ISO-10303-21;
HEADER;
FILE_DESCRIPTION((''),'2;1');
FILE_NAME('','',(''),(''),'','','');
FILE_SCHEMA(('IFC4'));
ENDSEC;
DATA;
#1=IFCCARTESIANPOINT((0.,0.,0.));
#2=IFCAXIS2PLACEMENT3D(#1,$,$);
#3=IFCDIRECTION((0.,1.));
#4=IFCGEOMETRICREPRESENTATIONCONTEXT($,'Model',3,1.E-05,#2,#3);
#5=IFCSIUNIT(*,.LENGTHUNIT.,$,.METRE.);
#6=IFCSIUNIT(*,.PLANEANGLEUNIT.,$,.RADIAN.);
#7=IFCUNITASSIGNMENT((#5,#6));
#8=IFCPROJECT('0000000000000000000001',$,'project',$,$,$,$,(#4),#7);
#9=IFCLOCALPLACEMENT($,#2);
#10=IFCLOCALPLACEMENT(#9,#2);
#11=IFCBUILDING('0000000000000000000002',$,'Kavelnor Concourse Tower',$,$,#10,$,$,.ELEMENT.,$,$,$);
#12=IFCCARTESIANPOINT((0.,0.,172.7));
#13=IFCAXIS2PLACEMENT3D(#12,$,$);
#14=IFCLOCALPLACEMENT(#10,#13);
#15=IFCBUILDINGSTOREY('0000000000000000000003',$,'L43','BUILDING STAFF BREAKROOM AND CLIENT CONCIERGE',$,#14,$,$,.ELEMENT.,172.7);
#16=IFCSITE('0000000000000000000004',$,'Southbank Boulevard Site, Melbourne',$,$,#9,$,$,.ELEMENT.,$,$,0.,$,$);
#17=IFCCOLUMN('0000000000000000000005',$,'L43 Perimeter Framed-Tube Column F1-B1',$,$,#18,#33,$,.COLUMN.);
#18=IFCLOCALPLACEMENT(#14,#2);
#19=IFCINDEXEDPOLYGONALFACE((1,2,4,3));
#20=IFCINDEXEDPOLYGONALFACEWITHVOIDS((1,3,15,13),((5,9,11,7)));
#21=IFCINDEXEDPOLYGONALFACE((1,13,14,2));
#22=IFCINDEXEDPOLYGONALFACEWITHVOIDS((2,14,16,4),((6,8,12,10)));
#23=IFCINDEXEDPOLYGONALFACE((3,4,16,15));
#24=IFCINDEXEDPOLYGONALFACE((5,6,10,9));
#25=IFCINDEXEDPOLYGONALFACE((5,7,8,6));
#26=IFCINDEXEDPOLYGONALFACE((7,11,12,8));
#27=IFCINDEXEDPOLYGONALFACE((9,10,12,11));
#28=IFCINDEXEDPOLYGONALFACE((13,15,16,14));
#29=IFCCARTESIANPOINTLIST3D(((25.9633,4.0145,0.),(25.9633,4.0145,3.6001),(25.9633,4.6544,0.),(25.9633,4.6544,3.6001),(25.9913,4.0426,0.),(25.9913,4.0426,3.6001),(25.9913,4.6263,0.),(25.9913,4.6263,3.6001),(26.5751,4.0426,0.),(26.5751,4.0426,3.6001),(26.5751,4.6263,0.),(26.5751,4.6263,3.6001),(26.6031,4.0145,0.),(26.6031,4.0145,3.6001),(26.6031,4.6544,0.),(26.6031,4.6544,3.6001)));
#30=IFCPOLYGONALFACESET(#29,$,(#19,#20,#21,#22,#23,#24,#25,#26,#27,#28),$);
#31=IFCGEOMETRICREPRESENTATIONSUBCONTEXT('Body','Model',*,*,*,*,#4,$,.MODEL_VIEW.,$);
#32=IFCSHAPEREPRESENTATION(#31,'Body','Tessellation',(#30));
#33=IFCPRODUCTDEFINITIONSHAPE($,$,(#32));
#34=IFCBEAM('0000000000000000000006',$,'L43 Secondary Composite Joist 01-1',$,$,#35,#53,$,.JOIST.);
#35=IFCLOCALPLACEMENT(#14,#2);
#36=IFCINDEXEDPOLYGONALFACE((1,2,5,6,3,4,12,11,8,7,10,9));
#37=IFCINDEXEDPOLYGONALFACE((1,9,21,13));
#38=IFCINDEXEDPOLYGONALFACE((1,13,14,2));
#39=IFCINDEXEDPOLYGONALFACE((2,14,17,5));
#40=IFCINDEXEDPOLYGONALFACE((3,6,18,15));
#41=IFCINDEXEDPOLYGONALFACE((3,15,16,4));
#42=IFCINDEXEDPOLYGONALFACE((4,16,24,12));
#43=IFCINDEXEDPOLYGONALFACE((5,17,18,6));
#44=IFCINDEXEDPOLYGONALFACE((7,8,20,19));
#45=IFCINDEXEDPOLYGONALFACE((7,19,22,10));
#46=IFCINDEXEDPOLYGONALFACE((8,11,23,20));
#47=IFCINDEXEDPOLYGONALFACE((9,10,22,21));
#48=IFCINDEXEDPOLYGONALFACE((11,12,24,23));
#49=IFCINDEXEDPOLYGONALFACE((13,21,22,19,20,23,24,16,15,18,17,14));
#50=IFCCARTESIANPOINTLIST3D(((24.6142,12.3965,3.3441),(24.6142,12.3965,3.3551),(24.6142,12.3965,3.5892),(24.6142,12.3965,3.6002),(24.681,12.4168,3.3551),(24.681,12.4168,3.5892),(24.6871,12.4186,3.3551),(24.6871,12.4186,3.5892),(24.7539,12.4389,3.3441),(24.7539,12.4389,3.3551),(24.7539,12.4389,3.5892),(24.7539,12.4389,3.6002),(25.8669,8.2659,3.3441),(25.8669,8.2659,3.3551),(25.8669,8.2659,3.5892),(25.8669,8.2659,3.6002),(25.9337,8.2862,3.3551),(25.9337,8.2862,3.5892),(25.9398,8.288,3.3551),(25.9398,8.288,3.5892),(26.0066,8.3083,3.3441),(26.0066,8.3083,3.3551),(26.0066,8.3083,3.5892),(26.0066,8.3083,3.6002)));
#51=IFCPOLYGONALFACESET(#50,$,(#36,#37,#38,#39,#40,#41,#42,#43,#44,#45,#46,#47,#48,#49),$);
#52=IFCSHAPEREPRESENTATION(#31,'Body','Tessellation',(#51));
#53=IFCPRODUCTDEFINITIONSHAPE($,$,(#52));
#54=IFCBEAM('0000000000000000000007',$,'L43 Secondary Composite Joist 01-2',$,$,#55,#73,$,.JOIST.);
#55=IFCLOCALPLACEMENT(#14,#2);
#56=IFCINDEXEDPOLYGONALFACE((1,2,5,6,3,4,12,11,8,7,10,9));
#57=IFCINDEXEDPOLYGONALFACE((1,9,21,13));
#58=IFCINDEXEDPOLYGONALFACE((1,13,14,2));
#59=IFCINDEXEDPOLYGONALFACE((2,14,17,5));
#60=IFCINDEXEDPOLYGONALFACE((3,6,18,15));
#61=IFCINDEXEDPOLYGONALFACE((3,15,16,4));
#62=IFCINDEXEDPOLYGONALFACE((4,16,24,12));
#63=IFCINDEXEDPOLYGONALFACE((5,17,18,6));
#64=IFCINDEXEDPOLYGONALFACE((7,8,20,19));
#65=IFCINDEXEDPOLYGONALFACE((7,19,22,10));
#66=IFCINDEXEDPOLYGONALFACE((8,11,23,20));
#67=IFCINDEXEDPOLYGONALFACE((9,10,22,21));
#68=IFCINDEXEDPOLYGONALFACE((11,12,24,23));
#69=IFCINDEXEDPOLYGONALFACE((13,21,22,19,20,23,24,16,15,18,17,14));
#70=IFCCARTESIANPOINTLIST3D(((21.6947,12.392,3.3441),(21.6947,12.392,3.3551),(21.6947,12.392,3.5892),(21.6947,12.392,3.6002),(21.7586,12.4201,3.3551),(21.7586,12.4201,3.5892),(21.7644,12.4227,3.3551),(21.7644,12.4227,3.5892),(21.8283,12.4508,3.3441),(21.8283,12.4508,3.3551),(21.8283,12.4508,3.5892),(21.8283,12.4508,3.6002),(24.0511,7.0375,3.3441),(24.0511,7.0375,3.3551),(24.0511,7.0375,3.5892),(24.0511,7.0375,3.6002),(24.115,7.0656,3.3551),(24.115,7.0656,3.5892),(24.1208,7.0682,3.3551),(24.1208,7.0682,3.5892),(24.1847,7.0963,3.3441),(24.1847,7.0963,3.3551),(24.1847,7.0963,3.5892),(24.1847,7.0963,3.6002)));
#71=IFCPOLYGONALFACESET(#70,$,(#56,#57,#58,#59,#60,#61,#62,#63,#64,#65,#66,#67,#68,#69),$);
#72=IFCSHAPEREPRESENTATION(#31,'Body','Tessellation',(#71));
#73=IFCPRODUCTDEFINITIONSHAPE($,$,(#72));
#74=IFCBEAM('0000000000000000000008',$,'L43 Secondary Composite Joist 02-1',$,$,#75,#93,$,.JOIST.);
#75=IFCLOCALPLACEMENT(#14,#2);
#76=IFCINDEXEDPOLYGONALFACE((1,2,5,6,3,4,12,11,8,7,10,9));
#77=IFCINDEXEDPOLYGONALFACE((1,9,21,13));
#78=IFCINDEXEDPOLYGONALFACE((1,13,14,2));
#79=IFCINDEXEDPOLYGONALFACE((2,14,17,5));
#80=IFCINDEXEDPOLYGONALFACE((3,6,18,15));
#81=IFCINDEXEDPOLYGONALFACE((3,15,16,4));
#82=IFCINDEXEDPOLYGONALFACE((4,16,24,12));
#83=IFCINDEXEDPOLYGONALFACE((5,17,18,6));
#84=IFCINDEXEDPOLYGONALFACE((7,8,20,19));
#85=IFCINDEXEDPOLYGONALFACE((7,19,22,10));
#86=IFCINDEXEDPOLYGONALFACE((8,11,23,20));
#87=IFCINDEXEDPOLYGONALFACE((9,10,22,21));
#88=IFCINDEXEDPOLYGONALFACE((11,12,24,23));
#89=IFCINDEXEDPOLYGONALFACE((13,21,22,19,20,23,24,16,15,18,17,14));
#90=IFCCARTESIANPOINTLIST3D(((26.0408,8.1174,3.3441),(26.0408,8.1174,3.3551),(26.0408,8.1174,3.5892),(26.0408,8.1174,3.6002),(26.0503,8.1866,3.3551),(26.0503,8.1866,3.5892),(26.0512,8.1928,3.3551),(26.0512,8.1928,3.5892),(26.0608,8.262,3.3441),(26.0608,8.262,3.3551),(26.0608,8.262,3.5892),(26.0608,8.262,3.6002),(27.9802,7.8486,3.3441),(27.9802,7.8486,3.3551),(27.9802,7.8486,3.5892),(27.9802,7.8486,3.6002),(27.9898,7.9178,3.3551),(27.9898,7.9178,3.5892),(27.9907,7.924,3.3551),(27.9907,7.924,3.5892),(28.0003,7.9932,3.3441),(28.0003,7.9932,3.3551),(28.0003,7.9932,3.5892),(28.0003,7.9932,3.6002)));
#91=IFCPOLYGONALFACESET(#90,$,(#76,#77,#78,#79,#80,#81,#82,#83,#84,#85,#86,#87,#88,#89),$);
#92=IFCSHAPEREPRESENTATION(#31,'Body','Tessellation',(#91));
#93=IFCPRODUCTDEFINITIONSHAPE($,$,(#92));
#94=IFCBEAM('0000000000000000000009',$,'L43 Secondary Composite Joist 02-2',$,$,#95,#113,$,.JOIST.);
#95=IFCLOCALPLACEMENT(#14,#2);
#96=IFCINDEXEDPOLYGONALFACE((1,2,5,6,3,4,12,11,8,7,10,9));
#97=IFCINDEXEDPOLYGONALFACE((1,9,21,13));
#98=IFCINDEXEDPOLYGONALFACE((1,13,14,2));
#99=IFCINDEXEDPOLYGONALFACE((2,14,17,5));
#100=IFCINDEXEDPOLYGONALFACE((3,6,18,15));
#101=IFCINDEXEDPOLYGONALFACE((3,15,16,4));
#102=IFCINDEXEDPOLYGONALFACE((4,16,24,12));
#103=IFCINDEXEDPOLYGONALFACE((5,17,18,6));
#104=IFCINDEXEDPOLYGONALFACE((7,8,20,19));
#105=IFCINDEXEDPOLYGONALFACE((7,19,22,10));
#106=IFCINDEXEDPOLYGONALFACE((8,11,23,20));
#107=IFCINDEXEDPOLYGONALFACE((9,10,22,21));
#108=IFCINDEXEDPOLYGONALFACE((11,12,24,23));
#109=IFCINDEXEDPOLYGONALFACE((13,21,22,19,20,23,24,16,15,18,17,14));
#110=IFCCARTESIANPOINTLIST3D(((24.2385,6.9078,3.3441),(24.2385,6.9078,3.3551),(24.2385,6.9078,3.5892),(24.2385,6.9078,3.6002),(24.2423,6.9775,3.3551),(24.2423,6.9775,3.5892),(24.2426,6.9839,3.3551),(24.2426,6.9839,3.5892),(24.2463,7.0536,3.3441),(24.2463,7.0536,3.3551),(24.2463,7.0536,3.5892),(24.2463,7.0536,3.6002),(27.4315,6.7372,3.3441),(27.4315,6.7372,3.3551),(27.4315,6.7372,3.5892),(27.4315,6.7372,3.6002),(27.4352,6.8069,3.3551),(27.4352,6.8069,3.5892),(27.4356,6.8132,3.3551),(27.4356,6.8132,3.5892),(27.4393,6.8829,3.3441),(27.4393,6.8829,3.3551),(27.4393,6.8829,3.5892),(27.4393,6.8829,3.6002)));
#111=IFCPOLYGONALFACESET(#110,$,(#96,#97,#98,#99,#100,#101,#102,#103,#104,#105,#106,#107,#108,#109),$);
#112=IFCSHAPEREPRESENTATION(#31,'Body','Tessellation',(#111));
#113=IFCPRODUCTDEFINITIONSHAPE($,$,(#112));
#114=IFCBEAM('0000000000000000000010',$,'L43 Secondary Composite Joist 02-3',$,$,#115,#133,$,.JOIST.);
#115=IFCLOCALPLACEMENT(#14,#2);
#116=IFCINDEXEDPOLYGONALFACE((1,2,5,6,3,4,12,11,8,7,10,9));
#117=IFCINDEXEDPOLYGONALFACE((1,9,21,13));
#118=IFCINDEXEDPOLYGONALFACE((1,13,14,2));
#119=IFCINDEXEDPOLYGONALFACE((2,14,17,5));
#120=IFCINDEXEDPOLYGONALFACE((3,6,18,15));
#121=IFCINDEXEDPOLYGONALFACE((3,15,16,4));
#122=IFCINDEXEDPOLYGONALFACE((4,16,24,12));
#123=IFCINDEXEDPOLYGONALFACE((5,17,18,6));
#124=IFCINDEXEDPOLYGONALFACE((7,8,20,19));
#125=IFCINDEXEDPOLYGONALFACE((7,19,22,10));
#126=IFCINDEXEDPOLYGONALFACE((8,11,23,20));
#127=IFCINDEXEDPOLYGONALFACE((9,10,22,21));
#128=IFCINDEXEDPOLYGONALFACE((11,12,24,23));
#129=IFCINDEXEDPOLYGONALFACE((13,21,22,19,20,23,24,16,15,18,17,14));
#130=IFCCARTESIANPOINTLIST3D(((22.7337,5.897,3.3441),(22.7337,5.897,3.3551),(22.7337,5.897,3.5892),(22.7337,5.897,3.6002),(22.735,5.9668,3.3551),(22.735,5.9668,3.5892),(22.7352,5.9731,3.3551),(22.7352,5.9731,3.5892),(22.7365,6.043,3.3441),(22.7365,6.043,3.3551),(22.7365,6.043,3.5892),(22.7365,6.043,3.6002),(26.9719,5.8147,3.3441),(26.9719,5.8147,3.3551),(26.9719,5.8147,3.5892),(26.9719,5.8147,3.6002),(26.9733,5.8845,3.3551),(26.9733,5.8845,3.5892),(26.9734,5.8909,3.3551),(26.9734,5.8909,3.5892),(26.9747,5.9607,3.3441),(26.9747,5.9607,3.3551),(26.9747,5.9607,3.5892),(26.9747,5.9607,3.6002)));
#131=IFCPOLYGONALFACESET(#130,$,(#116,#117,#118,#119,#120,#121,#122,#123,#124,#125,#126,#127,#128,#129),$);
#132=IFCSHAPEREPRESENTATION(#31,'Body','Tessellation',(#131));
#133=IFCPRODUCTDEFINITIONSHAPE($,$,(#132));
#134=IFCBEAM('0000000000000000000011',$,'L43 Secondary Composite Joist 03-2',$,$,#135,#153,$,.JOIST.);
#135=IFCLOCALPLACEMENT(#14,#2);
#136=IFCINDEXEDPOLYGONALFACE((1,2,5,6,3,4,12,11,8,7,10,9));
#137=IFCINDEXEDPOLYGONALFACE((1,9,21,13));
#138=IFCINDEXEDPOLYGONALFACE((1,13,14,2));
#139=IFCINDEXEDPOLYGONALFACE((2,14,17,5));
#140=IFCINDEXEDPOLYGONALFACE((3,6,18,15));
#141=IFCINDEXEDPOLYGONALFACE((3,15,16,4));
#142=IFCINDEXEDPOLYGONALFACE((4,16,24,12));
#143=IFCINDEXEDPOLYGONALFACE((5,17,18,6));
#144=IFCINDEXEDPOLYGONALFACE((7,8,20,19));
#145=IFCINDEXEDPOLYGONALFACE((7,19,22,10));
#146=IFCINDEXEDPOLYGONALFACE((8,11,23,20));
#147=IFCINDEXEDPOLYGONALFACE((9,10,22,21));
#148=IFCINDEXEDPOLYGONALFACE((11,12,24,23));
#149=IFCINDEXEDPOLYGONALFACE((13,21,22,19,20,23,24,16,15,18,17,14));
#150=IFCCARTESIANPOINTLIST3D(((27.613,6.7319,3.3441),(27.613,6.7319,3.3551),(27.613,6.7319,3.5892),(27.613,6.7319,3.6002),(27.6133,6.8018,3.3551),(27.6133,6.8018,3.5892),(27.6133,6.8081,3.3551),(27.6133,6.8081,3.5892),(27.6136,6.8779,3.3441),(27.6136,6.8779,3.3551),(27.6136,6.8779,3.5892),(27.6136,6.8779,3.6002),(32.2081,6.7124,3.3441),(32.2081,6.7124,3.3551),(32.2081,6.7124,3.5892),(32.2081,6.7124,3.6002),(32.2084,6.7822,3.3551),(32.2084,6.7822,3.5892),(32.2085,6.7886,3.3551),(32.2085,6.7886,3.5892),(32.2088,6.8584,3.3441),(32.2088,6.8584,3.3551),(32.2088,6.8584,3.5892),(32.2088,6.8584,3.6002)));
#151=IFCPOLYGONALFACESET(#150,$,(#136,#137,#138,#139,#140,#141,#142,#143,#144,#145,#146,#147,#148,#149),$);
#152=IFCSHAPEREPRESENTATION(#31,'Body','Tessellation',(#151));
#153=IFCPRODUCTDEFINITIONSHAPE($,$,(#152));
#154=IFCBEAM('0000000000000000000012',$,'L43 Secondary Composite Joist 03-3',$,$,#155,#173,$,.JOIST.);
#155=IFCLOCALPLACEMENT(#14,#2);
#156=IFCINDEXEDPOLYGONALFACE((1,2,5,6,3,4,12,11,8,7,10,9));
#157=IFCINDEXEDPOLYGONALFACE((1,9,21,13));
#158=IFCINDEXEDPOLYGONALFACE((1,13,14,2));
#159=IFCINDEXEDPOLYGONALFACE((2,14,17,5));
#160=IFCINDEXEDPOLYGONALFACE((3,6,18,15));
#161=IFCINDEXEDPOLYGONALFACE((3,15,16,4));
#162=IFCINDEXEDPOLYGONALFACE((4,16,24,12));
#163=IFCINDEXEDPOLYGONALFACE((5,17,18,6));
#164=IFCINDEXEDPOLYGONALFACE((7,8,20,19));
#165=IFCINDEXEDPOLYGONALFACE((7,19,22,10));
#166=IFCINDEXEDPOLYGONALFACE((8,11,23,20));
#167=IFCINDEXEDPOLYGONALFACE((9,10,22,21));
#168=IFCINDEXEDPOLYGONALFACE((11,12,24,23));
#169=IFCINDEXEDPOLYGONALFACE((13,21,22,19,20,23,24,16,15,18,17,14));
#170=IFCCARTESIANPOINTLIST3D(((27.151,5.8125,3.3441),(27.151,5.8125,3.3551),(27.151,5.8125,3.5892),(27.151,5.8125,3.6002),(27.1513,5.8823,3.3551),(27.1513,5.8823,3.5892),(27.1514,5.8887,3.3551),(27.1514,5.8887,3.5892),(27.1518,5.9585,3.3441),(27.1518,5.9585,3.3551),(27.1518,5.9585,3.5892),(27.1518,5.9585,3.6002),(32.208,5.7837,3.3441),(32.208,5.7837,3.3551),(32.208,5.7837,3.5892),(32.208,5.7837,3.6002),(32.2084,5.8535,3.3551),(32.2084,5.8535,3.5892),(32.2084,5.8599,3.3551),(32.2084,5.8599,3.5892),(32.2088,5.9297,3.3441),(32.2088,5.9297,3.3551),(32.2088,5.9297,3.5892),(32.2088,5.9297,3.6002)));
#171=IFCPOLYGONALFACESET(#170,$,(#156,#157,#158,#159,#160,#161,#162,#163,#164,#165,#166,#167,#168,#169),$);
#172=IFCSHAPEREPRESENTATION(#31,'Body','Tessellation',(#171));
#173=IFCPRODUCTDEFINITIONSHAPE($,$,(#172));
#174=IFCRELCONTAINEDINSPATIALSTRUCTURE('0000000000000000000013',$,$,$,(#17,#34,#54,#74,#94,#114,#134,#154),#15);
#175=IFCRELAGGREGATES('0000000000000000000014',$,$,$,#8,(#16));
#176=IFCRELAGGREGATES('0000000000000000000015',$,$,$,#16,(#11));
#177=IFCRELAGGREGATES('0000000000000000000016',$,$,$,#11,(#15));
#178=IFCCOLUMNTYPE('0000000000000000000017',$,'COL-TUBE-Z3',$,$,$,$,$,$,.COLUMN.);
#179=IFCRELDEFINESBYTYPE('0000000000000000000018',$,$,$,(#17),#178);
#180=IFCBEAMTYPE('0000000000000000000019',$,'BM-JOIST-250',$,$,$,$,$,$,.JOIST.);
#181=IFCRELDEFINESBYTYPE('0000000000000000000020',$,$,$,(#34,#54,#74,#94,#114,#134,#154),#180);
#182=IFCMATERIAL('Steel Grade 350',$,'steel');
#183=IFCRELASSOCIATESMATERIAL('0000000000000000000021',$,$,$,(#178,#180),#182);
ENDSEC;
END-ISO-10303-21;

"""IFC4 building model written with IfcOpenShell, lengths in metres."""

from ifc_helpers import new_model, si_unit, direction, frame, origin, origin_2d, place, context, subcontext, project, spatial, hollow_rectangle, i_section, extrude, material, material_profile, profile_set, type_object, element, save


model = new_model("IFC4")

# Units and contexts
model_context = context("Model", 3, precision=1e-05, world=origin(), true_north=direction((0.0, 1.0)))
body_context = subcontext(model_context, "Body", "Model", "MODEL_VIEW")
ifc_project = project(units=[si_unit("LENGTHUNIT", "METRE"), si_unit("PLANEANGLEUNIT", "RADIAN")], contexts=[model_context])

# Site, building, storey
site_placement = place(None, origin())
site = spatial("IfcSite", under=ifc_project, at=site_placement, Name="Southbank Boulevard Site, Melbourne", CompositionType="ELEMENT", RefElevation=0.0)
building_placement = place(site_placement, origin())
building = spatial("IfcBuilding", under=site, at=building_placement, Name="Kavelnor Concourse Tower", CompositionType="ELEMENT")
storey_placement = place(building_placement, frame((0.0, 0.0, 172.7)))
storey = spatial("IfcBuildingStorey", under=building, at=storey_placement, Name="L43", Description="BUILDING STAFF BREAKROOM AND CLIENT CONCIERGE", CompositionType="ELEMENT", Elevation=172.7)

# Column
ifc_material_1 = material(Name="Steel Grade 350", Category="steel")
ifc_material_profile_1 = material_profile(ifc_material_1, hollow_rectangle(XDim=0.6399, YDim=0.6399, WallThickness=0.0281, at=origin_2d()), Name="SHS 640x640x28")
ifc_profile_set_1 = profile_set([ifc_material_profile_1], Name="Steel Grade 350")
column_type = type_object("IfcColumnType", Name="COL-TUBE-Z3", PredefinedType="COLUMN", material=ifc_profile_set_1)
column_placement = place(storey_placement, frame((26.2832, 4.3345, 0.0), z_axis=(0.0, 0.0, 1.0), x_axis=(1.0, 0.0, 0.0)))
element("IfcColumn", 1, at=column_placement, inside=storey, type_object=column_type, Name="L43 Perimeter Framed-Tube Column F1-B1", PredefinedType="COLUMN", context=body_context, shape_type="SweptSolid", body=[
    extrude(hollow_rectangle(XDim=0.6399, YDim=0.6399, WallThickness=0.0281, at=origin_2d()), origin(), (0.0, 0.0, 1.0), 3.6001),
])

# Beams
ifc_material_profile_2 = material_profile(ifc_material_1, i_section(OverallWidth=0.146, OverallDepth=0.2561, WebThickness=0.0063, FlangeThickness=0.011, at=origin_2d()), Name="250UB37")
ifc_profile_set_2 = profile_set([ifc_material_profile_2], Name="Steel Grade 350")
beam_type_1 = type_object("IfcBeamType", Name="BM-JOIST-250", PredefinedType="JOIST", material=ifc_profile_set_2)
beam_1_placement = place(storey_placement, frame((24.6841, 12.4177, 3.4722), z_axis=(0.290216, -0.956961, 0.0), x_axis=(0.956961, 0.290216, 0.0)))
element("IfcBeam", 2, at=beam_1_placement, inside=storey, type_object=beam_type_1, Name="L43 Secondary Composite Joist 01-1", PredefinedType="JOIST", context=body_context, shape_type="SweptSolid", body=[
    extrude(i_section(OverallWidth=0.146, OverallDepth=0.2561, WebThickness=0.0063, FlangeThickness=0.011, at=origin_2d()), origin(), (0.0, 0.0, 1.0), 4.3164),
])
beam_2_placement = place(storey_placement, frame((21.7615, 12.4214, 3.4722), z_axis=(0.402806, -0.915285, 0.0), x_axis=(0.915285, 0.402806, 0.0)))
element("IfcBeam", 3, at=beam_2_placement, inside=storey, type_object=beam_type_1, Name="L43 Secondary Composite Joist 01-2", PredefinedType="JOIST", context=body_context, shape_type="SweptSolid", body=[
    extrude(i_section(OverallWidth=0.146, OverallDepth=0.2561, WebThickness=0.0063, FlangeThickness=0.011, at=origin_2d()), origin(), (0.0, 0.0, 1.0), 5.8501),
])
beam_3_placement = place(storey_placement, frame((26.0508, 8.1897, 3.4722), z_axis=(0.990532, -0.137283, 0.0), x_axis=(0.137283, 0.990532, 0.0)))
element("IfcBeam", 4, at=beam_3_placement, inside=storey, type_object=beam_type_1, Name="L43 Secondary Composite Joist 02-1", PredefinedType="JOIST", context=body_context, shape_type="SweptSolid", body=[
    extrude(i_section(OverallWidth=0.146, OverallDepth=0.2561, WebThickness=0.0063, FlangeThickness=0.011, at=origin_2d()), origin(), (0.0, 0.0, 1.0), 1.958),
])
beam_4_placement = place(storey_placement, frame((24.2424, 6.9807, 3.4722), z_axis=(0.998575, -0.053372, 0.0), x_axis=(0.053372, 0.998575, 0.0)))
element("IfcBeam", 5, at=beam_4_placement, inside=storey, type_object=beam_type_1, Name="L43 Secondary Composite Joist 02-2", PredefinedType="JOIST", context=body_context, shape_type="SweptSolid", body=[
    extrude(i_section(OverallWidth=0.146, OverallDepth=0.2561, WebThickness=0.0063, FlangeThickness=0.011, at=origin_2d()), origin(), (0.0, 0.0, 1.0), 3.1975),
])
beam_5_placement = place(storey_placement, frame((22.7351, 5.97, 3.4722), z_axis=(0.999812, -0.019409, 0.0), x_axis=(0.019409, 0.999812, 0.0)))
element("IfcBeam", 6, at=beam_5_placement, inside=storey, type_object=beam_type_1, Name="L43 Secondary Composite Joist 02-3", PredefinedType="JOIST", context=body_context, shape_type="SweptSolid", body=[
    extrude(i_section(OverallWidth=0.146, OverallDepth=0.2561, WebThickness=0.0063, FlangeThickness=0.011, at=origin_2d()), origin(), (0.0, 0.0, 1.0), 4.239),
])
beam_6_placement = place(storey_placement, frame((27.6133, 6.8049, 3.4722), z_axis=(0.999991, -0.00425, 0.0), x_axis=(0.00425, 0.999991, 0.0)))
element("IfcBeam", 7, at=beam_6_placement, inside=storey, type_object=beam_type_1, Name="L43 Secondary Composite Joist 03-2", PredefinedType="JOIST", context=body_context, shape_type="SweptSolid", body=[
    extrude(i_section(OverallWidth=0.146, OverallDepth=0.2561, WebThickness=0.0063, FlangeThickness=0.011, at=origin_2d()), origin(), (0.0, 0.0, 1.0), 4.5952),
])
beam_7_placement = place(storey_placement, frame((27.1514, 5.8855, 3.4722), z_axis=(0.999984, -0.005697, 0.0), x_axis=(0.005697, 0.999984, 0.0)))
element("IfcBeam", 8, at=beam_7_placement, inside=storey, type_object=beam_type_1, Name="L43 Secondary Composite Joist 03-3", PredefinedType="JOIST", context=body_context, shape_type="SweptSolid", body=[
    extrude(i_section(OverallWidth=0.146, OverallDepth=0.2561, WebThickness=0.0063, FlangeThickness=0.011, at=origin_2d()), origin(), (0.0, 0.0, 1.0), 5.0571),
])

save(model, "model.ifc")
